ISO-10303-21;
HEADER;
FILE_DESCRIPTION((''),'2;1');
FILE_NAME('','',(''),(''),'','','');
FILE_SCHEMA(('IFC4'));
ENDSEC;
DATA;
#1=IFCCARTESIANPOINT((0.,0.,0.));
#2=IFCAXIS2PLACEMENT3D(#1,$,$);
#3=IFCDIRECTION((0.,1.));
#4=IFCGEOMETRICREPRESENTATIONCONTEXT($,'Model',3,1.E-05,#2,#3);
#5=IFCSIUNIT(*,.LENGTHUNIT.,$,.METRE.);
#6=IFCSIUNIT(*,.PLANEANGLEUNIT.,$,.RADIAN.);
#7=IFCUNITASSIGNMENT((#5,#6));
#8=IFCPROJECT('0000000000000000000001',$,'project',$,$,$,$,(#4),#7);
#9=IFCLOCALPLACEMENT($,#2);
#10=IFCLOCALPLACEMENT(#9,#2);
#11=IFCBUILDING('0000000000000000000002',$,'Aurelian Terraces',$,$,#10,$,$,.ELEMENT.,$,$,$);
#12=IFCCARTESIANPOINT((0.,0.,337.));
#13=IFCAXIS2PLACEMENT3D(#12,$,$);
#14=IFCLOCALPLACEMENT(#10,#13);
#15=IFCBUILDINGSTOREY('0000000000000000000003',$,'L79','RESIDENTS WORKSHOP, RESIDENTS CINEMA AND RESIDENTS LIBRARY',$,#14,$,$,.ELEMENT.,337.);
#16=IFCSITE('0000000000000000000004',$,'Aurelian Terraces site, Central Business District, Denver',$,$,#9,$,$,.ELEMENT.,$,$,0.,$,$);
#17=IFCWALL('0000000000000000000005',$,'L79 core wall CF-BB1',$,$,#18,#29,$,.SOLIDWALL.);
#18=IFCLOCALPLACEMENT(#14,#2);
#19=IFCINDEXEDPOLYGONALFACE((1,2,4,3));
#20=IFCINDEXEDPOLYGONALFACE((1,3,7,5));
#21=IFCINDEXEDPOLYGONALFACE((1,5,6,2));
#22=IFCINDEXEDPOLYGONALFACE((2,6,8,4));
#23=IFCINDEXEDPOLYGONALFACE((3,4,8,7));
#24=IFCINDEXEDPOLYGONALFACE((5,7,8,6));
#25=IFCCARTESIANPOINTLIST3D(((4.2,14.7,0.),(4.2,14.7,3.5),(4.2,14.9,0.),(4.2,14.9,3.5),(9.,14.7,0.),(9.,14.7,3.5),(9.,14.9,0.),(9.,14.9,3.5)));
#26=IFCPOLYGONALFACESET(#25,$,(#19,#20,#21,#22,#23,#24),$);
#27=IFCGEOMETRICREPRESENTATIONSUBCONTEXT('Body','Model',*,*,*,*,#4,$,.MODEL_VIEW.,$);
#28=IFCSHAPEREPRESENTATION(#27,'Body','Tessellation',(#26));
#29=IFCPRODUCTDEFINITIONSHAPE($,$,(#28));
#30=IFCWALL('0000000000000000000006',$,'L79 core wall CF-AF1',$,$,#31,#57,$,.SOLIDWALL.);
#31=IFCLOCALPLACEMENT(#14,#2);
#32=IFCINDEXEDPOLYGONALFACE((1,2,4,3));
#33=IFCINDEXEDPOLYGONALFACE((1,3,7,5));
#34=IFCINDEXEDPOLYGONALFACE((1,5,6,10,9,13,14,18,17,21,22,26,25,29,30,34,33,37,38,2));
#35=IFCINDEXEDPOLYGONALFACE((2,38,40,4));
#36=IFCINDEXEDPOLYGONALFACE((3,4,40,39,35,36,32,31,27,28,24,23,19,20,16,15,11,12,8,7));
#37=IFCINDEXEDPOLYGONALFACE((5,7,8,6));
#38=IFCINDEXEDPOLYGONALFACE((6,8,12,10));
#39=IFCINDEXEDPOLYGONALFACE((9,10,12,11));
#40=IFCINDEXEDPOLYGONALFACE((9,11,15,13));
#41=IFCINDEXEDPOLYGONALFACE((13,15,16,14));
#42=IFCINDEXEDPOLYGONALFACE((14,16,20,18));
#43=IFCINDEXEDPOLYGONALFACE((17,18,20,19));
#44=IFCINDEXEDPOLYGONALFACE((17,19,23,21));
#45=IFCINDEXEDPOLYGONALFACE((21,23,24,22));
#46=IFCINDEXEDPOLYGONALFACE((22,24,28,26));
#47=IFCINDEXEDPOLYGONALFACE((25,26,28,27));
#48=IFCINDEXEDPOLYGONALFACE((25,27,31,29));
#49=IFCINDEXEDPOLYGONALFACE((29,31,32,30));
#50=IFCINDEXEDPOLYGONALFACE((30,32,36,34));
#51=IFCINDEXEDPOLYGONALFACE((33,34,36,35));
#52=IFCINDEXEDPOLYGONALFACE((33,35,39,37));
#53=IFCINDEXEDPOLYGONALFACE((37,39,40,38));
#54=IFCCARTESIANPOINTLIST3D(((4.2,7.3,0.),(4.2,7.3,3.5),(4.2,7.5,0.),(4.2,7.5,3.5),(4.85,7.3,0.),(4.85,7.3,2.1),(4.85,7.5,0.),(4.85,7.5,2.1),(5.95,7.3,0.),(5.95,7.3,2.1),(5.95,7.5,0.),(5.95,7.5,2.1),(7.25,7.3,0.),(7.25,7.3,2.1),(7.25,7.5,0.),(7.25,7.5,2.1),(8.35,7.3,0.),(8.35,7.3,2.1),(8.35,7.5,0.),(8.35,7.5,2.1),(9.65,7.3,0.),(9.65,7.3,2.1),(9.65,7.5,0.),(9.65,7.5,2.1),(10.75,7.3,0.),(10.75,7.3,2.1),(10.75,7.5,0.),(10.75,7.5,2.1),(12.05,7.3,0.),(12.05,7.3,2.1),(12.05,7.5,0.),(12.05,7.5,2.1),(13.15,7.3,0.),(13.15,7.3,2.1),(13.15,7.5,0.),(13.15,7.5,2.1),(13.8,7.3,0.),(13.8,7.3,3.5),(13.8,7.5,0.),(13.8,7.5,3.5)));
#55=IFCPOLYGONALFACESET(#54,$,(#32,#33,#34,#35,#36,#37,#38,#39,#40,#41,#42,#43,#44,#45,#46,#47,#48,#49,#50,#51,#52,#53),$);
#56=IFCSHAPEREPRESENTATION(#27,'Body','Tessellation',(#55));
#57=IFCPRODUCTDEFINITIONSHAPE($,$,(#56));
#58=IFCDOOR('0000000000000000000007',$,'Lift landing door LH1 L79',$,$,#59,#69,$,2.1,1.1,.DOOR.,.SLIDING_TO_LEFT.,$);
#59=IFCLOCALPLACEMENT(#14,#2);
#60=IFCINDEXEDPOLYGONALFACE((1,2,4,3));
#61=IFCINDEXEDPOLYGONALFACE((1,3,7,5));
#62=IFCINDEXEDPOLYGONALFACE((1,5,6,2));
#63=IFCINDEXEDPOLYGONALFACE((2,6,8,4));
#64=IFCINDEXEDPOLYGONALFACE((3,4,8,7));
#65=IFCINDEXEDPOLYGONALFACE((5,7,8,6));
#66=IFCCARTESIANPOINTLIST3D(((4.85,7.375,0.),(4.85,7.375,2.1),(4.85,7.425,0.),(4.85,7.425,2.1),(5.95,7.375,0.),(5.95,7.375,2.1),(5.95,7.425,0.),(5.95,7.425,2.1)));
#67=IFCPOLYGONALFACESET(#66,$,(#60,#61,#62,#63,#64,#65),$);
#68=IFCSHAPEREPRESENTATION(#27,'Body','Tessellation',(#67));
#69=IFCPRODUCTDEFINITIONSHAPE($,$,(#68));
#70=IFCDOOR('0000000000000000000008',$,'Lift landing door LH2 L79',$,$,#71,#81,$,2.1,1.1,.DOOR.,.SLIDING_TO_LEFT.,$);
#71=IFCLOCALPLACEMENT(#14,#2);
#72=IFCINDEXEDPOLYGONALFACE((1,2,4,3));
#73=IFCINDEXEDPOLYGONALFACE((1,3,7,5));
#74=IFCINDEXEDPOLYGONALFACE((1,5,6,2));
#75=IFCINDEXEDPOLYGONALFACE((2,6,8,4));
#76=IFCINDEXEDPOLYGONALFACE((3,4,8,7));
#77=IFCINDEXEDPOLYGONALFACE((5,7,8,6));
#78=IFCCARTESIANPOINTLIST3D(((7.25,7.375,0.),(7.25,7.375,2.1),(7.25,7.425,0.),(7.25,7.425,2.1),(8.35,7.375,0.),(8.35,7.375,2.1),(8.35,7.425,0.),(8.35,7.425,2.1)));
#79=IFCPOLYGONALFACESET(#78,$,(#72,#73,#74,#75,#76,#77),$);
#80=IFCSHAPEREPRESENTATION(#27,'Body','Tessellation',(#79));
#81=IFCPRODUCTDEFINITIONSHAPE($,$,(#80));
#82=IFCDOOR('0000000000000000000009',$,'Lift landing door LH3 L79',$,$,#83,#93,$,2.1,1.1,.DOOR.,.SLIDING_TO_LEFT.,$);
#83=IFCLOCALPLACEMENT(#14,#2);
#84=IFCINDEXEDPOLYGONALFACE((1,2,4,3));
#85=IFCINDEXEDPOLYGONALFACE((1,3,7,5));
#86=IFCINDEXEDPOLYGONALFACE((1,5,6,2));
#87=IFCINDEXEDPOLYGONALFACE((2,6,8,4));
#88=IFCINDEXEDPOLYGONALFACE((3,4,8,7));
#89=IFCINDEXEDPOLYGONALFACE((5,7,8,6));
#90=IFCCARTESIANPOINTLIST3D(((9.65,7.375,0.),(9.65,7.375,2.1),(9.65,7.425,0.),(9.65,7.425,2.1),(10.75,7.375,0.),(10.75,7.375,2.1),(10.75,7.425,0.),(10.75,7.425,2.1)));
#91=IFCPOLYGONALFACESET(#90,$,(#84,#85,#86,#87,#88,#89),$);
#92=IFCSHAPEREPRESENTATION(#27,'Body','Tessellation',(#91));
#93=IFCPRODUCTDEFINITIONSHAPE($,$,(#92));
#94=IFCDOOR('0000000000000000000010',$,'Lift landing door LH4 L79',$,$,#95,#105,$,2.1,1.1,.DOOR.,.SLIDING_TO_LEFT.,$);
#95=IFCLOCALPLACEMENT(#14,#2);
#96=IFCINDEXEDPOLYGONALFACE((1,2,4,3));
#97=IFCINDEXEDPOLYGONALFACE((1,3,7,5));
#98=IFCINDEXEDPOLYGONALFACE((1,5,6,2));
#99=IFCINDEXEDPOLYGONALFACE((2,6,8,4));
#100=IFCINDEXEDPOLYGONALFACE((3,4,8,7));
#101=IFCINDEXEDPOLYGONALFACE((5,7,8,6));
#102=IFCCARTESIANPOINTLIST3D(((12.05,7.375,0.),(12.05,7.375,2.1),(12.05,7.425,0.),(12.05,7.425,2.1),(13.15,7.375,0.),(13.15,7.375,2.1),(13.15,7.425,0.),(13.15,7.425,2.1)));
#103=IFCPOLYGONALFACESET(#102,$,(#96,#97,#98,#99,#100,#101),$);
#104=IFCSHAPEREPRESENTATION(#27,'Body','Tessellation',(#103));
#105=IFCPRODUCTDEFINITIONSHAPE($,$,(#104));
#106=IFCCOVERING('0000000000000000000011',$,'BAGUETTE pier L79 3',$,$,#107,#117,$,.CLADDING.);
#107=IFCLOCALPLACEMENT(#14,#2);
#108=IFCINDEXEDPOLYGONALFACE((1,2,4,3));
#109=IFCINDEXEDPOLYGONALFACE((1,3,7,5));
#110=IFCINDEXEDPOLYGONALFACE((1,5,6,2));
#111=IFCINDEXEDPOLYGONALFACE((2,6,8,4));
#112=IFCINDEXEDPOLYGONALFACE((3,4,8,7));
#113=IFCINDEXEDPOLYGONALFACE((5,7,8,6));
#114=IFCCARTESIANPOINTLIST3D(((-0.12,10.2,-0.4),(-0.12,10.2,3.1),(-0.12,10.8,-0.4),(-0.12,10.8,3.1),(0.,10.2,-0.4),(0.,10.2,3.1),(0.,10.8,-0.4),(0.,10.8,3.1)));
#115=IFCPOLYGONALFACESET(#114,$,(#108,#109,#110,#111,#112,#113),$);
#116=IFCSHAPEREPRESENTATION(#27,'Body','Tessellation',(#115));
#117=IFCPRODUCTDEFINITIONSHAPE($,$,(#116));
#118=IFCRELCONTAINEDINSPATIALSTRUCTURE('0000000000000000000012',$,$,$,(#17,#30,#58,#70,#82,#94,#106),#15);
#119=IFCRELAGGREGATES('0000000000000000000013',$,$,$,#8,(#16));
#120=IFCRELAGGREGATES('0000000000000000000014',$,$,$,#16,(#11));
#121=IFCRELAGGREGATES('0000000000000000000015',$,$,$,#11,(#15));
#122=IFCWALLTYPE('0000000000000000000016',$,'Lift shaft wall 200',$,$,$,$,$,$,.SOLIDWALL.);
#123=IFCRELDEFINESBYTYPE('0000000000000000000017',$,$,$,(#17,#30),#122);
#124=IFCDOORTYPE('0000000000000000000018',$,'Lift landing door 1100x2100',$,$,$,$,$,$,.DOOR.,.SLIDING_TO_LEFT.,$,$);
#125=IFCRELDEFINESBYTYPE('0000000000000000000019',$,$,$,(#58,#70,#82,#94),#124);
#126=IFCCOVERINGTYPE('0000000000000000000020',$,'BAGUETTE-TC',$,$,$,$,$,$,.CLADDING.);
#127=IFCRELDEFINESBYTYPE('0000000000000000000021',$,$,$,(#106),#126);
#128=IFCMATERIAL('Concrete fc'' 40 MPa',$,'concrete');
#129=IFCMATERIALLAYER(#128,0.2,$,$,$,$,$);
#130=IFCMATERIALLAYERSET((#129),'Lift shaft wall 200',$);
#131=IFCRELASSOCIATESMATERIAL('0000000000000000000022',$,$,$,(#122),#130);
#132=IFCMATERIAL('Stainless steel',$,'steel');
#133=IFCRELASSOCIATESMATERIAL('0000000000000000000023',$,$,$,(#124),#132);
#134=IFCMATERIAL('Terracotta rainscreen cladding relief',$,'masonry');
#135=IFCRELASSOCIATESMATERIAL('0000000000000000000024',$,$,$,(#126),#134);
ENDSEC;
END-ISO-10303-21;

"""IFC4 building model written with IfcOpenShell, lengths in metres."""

from ifc_helpers import new_model, si_unit, direction, frame, frame_2d, origin, origin_2d, place, context, subcontext, project, spatial, rectangle, extrude, source, transform, mapped, material, layer, layer_set, type_object, element, fill, save


model = new_model("IFC4")

# Units and contexts
model_context = context("Model", 3, precision=1e-05, world=origin(), true_north=direction((0.0, 1.0)))
body_context = subcontext(model_context, "Body", "Model", "MODEL_VIEW")
ifc_project = project(units=[si_unit("LENGTHUNIT", "METRE"), si_unit("PLANEANGLEUNIT", "RADIAN")], contexts=[model_context])

# Site, building, storey
site_placement = place(None, origin())
site = spatial("IfcSite", under=ifc_project, at=site_placement, Name="Aurelian Terraces site, Central Business District, Denver", CompositionType="ELEMENT", RefElevation=0.0)
building_placement = place(site_placement, origin())
building = spatial("IfcBuilding", under=site, at=building_placement, Name="Aurelian Terraces", CompositionType="ELEMENT")
storey_placement = place(building_placement, frame((0.0, 0.0, 337.0)))
storey = spatial("IfcBuildingStorey", under=building, at=storey_placement, Name="L79", Description="RESIDENTS WORKSHOP, RESIDENTS CINEMA AND RESIDENTS LIBRARY", CompositionType="ELEMENT", Elevation=337.0)

# Shared definitions
ifc_material_1 = material(Name="Concrete fc' 40 MPa", Category="concrete")
ifc_layer_1 = layer(ifc_material_1, 0.2)
ifc_layer_set_1 = layer_set([ifc_layer_1], Name="Lift shaft wall 200")
wall_type_1 = type_object("IfcWallType", Name="Lift shaft wall 200", PredefinedType="SOLIDWALL", material=ifc_layer_set_1)

# Shared definitions
shared_shape_1 = source(origin(), body_context, "Body", "SweptSolid", [
    extrude(rectangle(XDim=4.8, YDim=0.2, at=frame_2d((2.4, 0.0))), origin(), (0.0, 0.0, 1.0), 3.5),
])
shared_shape_2 = source(origin(), body_context, "Body", "SweptSolid", [
    extrude(rectangle(XDim=1.1, YDim=2.1, at=frame_2d((0.55, 1.05))), frame((0.0, 0.11, 0.0), z_axis=(0.0, -1.0, 0.0), x_axis=(1.0, 0.0, 0.0)), (0.0, 0.0, 1.0), 0.22),
])
ifc_material_2 = material(Name="Stainless steel", Category="steel")
door_type = type_object("IfcDoorType", Name="Lift landing door 1100x2100", OperationType="SLIDING_TO_LEFT", PredefinedType="DOOR", material=ifc_material_2)
shared_shape_3 = source(origin(), body_context, "Body", "SweptSolid", [
    extrude(rectangle(XDim=1.1, YDim=2.1, at=frame_2d((0.55, 1.05))), frame((0.0, 0.025, 0.0), z_axis=(0.0, -1.0, 0.0), x_axis=(1.0, 0.0, 0.0)), (0.0, 0.0, 1.0), 0.05),
])

# Wall
wall_1_placement = place(storey_placement, frame((4.2, 14.8, 0.0), z_axis=(0.0, 0.0, 1.0), x_axis=(1.0, 0.0, 0.0)))
element("IfcWall", 1, at=wall_1_placement, inside=storey, type_object=wall_type_1, Name="L79 core wall CF-BB1", PredefinedType="SOLIDWALL", context=body_context, shape_type="MappedRepresentation", body=[
    mapped(shared_shape_1, transform((0.0, 0.0, 0.0), scale=1.0)),
])

# Wall, openings, doors
shared_shape_4 = source(origin(), body_context, "Body", "SweptSolid", [
    extrude(rectangle(XDim=9.6, YDim=0.2, at=frame_2d((4.8, 0.0))), origin(), (0.0, 0.0, 1.0), 3.5),
])
wall_2_placement = place(storey_placement, frame((4.2, 7.4, 0.0), z_axis=(0.0, 0.0, 1.0), x_axis=(1.0, 0.0, 0.0)))
wall_2 = element("IfcWall", 2, at=wall_2_placement, inside=storey, type_object=wall_type_1, Name="L79 core wall CF-AF1", PredefinedType="SOLIDWALL", context=body_context, shape_type="MappedRepresentation", body=[
    mapped(shared_shape_4, transform((0.0, 0.0, 0.0), scale=1.0)),
])
opening_1_placement = place(wall_2_placement, frame((0.65, 0.0, 0.0)))
opening_1 = element("IfcOpeningElement", 3, at=opening_1_placement, cuts=wall_2, PredefinedType="OPENING", context=body_context, shape_type="MappedRepresentation", body=[
    mapped(shared_shape_2, transform((0.0, 0.0, 0.0), scale=1.0)),
])
opening_2_placement = place(wall_2_placement, frame((3.05, 0.0, 0.0)))
opening_2 = element("IfcOpeningElement", 4, at=opening_2_placement, cuts=wall_2, PredefinedType="OPENING", context=body_context, shape_type="MappedRepresentation", body=[
    mapped(shared_shape_2, transform((0.0, 0.0, 0.0), scale=1.0)),
])
opening_3_placement = place(wall_2_placement, frame((5.45, 0.0, 0.0)))
opening_3 = element("IfcOpeningElement", 5, at=opening_3_placement, cuts=wall_2, PredefinedType="OPENING", context=body_context, shape_type="MappedRepresentation", body=[
    mapped(shared_shape_2, transform((0.0, 0.0, 0.0), scale=1.0)),
])
opening_4_placement = place(wall_2_placement, frame((7.85, 0.0, 0.0)))
opening_4 = element("IfcOpeningElement", 6, at=opening_4_placement, cuts=wall_2, PredefinedType="OPENING", context=body_context, shape_type="MappedRepresentation", body=[
    mapped(shared_shape_2, transform((0.0, 0.0, 0.0), scale=1.0)),
])
door_1_placement = place(opening_1_placement, origin())
door_1 = element("IfcDoor", 7, at=door_1_placement, inside=storey, type_object=door_type, Name="Lift landing door LH1 L79", OperationType="SLIDING_TO_LEFT", OverallHeight=2.1, OverallWidth=1.1, PredefinedType="DOOR", context=body_context, shape_type="MappedRepresentation", body=[
    mapped(shared_shape_3, transform((0.0, 0.0, 0.0), scale=1.0)),
])
fill(opening_1, door_1)
door_2_placement = place(opening_2_placement, origin())
door_2 = element("IfcDoor", 8, at=door_2_placement, inside=storey, type_object=door_type, Name="Lift landing door LH2 L79", OperationType="SLIDING_TO_LEFT", OverallHeight=2.1, OverallWidth=1.1, PredefinedType="DOOR", context=body_context, shape_type="MappedRepresentation", body=[
    mapped(shared_shape_3, transform((0.0, 0.0, 0.0), scale=1.0)),
])
fill(opening_2, door_2)
door_3_placement = place(opening_3_placement, origin())
door_3 = element("IfcDoor", 9, at=door_3_placement, inside=storey, type_object=door_type, Name="Lift landing door LH3 L79", OperationType="SLIDING_TO_LEFT", OverallHeight=2.1, OverallWidth=1.1, PredefinedType="DOOR", context=body_context, shape_type="MappedRepresentation", body=[
    mapped(shared_shape_3, transform((0.0, 0.0, 0.0), scale=1.0)),
])
fill(opening_3, door_3)
door_4_placement = place(opening_4_placement, origin())
door_4 = element("IfcDoor", 10, at=door_4_placement, inside=storey, type_object=door_type, Name="Lift landing door LH4 L79", OperationType="SLIDING_TO_LEFT", OverallHeight=2.1, OverallWidth=1.1, PredefinedType="DOOR", context=body_context, shape_type="MappedRepresentation", body=[
    mapped(shared_shape_3, transform((0.0, 0.0, 0.0), scale=1.0)),
])
fill(opening_4, door_4)

# Covering
ifc_material_3 = material(Name="Terracotta rainscreen cladding relief", Category="masonry")
covering_type = type_object("IfcCoveringType", Name="BAGUETTE-TC", PredefinedType="CLADDING", material=ifc_material_3)
shared_shape_5 = source(origin(), body_context, "Body", "SweptSolid", [
    extrude(rectangle(XDim=0.12, YDim=0.6, at=origin_2d()), origin(), (0.0, 0.0, 1.0), 3.5),
])
covering_placement = place(storey_placement, frame((-0.06, 10.5, -0.4), z_axis=(0.0, 0.0, 1.0), x_axis=(1.0, 0.0, 0.0)))
element("IfcCovering", 11, at=covering_placement, inside=storey, type_object=covering_type, Name="BAGUETTE pier L79 3", PredefinedType="CLADDING", context=body_context, shape_type="MappedRepresentation", body=[
    mapped(shared_shape_5, transform((0.0, 0.0, 0.0), scale=1.0)),
])

save(model, "model.ifc")
